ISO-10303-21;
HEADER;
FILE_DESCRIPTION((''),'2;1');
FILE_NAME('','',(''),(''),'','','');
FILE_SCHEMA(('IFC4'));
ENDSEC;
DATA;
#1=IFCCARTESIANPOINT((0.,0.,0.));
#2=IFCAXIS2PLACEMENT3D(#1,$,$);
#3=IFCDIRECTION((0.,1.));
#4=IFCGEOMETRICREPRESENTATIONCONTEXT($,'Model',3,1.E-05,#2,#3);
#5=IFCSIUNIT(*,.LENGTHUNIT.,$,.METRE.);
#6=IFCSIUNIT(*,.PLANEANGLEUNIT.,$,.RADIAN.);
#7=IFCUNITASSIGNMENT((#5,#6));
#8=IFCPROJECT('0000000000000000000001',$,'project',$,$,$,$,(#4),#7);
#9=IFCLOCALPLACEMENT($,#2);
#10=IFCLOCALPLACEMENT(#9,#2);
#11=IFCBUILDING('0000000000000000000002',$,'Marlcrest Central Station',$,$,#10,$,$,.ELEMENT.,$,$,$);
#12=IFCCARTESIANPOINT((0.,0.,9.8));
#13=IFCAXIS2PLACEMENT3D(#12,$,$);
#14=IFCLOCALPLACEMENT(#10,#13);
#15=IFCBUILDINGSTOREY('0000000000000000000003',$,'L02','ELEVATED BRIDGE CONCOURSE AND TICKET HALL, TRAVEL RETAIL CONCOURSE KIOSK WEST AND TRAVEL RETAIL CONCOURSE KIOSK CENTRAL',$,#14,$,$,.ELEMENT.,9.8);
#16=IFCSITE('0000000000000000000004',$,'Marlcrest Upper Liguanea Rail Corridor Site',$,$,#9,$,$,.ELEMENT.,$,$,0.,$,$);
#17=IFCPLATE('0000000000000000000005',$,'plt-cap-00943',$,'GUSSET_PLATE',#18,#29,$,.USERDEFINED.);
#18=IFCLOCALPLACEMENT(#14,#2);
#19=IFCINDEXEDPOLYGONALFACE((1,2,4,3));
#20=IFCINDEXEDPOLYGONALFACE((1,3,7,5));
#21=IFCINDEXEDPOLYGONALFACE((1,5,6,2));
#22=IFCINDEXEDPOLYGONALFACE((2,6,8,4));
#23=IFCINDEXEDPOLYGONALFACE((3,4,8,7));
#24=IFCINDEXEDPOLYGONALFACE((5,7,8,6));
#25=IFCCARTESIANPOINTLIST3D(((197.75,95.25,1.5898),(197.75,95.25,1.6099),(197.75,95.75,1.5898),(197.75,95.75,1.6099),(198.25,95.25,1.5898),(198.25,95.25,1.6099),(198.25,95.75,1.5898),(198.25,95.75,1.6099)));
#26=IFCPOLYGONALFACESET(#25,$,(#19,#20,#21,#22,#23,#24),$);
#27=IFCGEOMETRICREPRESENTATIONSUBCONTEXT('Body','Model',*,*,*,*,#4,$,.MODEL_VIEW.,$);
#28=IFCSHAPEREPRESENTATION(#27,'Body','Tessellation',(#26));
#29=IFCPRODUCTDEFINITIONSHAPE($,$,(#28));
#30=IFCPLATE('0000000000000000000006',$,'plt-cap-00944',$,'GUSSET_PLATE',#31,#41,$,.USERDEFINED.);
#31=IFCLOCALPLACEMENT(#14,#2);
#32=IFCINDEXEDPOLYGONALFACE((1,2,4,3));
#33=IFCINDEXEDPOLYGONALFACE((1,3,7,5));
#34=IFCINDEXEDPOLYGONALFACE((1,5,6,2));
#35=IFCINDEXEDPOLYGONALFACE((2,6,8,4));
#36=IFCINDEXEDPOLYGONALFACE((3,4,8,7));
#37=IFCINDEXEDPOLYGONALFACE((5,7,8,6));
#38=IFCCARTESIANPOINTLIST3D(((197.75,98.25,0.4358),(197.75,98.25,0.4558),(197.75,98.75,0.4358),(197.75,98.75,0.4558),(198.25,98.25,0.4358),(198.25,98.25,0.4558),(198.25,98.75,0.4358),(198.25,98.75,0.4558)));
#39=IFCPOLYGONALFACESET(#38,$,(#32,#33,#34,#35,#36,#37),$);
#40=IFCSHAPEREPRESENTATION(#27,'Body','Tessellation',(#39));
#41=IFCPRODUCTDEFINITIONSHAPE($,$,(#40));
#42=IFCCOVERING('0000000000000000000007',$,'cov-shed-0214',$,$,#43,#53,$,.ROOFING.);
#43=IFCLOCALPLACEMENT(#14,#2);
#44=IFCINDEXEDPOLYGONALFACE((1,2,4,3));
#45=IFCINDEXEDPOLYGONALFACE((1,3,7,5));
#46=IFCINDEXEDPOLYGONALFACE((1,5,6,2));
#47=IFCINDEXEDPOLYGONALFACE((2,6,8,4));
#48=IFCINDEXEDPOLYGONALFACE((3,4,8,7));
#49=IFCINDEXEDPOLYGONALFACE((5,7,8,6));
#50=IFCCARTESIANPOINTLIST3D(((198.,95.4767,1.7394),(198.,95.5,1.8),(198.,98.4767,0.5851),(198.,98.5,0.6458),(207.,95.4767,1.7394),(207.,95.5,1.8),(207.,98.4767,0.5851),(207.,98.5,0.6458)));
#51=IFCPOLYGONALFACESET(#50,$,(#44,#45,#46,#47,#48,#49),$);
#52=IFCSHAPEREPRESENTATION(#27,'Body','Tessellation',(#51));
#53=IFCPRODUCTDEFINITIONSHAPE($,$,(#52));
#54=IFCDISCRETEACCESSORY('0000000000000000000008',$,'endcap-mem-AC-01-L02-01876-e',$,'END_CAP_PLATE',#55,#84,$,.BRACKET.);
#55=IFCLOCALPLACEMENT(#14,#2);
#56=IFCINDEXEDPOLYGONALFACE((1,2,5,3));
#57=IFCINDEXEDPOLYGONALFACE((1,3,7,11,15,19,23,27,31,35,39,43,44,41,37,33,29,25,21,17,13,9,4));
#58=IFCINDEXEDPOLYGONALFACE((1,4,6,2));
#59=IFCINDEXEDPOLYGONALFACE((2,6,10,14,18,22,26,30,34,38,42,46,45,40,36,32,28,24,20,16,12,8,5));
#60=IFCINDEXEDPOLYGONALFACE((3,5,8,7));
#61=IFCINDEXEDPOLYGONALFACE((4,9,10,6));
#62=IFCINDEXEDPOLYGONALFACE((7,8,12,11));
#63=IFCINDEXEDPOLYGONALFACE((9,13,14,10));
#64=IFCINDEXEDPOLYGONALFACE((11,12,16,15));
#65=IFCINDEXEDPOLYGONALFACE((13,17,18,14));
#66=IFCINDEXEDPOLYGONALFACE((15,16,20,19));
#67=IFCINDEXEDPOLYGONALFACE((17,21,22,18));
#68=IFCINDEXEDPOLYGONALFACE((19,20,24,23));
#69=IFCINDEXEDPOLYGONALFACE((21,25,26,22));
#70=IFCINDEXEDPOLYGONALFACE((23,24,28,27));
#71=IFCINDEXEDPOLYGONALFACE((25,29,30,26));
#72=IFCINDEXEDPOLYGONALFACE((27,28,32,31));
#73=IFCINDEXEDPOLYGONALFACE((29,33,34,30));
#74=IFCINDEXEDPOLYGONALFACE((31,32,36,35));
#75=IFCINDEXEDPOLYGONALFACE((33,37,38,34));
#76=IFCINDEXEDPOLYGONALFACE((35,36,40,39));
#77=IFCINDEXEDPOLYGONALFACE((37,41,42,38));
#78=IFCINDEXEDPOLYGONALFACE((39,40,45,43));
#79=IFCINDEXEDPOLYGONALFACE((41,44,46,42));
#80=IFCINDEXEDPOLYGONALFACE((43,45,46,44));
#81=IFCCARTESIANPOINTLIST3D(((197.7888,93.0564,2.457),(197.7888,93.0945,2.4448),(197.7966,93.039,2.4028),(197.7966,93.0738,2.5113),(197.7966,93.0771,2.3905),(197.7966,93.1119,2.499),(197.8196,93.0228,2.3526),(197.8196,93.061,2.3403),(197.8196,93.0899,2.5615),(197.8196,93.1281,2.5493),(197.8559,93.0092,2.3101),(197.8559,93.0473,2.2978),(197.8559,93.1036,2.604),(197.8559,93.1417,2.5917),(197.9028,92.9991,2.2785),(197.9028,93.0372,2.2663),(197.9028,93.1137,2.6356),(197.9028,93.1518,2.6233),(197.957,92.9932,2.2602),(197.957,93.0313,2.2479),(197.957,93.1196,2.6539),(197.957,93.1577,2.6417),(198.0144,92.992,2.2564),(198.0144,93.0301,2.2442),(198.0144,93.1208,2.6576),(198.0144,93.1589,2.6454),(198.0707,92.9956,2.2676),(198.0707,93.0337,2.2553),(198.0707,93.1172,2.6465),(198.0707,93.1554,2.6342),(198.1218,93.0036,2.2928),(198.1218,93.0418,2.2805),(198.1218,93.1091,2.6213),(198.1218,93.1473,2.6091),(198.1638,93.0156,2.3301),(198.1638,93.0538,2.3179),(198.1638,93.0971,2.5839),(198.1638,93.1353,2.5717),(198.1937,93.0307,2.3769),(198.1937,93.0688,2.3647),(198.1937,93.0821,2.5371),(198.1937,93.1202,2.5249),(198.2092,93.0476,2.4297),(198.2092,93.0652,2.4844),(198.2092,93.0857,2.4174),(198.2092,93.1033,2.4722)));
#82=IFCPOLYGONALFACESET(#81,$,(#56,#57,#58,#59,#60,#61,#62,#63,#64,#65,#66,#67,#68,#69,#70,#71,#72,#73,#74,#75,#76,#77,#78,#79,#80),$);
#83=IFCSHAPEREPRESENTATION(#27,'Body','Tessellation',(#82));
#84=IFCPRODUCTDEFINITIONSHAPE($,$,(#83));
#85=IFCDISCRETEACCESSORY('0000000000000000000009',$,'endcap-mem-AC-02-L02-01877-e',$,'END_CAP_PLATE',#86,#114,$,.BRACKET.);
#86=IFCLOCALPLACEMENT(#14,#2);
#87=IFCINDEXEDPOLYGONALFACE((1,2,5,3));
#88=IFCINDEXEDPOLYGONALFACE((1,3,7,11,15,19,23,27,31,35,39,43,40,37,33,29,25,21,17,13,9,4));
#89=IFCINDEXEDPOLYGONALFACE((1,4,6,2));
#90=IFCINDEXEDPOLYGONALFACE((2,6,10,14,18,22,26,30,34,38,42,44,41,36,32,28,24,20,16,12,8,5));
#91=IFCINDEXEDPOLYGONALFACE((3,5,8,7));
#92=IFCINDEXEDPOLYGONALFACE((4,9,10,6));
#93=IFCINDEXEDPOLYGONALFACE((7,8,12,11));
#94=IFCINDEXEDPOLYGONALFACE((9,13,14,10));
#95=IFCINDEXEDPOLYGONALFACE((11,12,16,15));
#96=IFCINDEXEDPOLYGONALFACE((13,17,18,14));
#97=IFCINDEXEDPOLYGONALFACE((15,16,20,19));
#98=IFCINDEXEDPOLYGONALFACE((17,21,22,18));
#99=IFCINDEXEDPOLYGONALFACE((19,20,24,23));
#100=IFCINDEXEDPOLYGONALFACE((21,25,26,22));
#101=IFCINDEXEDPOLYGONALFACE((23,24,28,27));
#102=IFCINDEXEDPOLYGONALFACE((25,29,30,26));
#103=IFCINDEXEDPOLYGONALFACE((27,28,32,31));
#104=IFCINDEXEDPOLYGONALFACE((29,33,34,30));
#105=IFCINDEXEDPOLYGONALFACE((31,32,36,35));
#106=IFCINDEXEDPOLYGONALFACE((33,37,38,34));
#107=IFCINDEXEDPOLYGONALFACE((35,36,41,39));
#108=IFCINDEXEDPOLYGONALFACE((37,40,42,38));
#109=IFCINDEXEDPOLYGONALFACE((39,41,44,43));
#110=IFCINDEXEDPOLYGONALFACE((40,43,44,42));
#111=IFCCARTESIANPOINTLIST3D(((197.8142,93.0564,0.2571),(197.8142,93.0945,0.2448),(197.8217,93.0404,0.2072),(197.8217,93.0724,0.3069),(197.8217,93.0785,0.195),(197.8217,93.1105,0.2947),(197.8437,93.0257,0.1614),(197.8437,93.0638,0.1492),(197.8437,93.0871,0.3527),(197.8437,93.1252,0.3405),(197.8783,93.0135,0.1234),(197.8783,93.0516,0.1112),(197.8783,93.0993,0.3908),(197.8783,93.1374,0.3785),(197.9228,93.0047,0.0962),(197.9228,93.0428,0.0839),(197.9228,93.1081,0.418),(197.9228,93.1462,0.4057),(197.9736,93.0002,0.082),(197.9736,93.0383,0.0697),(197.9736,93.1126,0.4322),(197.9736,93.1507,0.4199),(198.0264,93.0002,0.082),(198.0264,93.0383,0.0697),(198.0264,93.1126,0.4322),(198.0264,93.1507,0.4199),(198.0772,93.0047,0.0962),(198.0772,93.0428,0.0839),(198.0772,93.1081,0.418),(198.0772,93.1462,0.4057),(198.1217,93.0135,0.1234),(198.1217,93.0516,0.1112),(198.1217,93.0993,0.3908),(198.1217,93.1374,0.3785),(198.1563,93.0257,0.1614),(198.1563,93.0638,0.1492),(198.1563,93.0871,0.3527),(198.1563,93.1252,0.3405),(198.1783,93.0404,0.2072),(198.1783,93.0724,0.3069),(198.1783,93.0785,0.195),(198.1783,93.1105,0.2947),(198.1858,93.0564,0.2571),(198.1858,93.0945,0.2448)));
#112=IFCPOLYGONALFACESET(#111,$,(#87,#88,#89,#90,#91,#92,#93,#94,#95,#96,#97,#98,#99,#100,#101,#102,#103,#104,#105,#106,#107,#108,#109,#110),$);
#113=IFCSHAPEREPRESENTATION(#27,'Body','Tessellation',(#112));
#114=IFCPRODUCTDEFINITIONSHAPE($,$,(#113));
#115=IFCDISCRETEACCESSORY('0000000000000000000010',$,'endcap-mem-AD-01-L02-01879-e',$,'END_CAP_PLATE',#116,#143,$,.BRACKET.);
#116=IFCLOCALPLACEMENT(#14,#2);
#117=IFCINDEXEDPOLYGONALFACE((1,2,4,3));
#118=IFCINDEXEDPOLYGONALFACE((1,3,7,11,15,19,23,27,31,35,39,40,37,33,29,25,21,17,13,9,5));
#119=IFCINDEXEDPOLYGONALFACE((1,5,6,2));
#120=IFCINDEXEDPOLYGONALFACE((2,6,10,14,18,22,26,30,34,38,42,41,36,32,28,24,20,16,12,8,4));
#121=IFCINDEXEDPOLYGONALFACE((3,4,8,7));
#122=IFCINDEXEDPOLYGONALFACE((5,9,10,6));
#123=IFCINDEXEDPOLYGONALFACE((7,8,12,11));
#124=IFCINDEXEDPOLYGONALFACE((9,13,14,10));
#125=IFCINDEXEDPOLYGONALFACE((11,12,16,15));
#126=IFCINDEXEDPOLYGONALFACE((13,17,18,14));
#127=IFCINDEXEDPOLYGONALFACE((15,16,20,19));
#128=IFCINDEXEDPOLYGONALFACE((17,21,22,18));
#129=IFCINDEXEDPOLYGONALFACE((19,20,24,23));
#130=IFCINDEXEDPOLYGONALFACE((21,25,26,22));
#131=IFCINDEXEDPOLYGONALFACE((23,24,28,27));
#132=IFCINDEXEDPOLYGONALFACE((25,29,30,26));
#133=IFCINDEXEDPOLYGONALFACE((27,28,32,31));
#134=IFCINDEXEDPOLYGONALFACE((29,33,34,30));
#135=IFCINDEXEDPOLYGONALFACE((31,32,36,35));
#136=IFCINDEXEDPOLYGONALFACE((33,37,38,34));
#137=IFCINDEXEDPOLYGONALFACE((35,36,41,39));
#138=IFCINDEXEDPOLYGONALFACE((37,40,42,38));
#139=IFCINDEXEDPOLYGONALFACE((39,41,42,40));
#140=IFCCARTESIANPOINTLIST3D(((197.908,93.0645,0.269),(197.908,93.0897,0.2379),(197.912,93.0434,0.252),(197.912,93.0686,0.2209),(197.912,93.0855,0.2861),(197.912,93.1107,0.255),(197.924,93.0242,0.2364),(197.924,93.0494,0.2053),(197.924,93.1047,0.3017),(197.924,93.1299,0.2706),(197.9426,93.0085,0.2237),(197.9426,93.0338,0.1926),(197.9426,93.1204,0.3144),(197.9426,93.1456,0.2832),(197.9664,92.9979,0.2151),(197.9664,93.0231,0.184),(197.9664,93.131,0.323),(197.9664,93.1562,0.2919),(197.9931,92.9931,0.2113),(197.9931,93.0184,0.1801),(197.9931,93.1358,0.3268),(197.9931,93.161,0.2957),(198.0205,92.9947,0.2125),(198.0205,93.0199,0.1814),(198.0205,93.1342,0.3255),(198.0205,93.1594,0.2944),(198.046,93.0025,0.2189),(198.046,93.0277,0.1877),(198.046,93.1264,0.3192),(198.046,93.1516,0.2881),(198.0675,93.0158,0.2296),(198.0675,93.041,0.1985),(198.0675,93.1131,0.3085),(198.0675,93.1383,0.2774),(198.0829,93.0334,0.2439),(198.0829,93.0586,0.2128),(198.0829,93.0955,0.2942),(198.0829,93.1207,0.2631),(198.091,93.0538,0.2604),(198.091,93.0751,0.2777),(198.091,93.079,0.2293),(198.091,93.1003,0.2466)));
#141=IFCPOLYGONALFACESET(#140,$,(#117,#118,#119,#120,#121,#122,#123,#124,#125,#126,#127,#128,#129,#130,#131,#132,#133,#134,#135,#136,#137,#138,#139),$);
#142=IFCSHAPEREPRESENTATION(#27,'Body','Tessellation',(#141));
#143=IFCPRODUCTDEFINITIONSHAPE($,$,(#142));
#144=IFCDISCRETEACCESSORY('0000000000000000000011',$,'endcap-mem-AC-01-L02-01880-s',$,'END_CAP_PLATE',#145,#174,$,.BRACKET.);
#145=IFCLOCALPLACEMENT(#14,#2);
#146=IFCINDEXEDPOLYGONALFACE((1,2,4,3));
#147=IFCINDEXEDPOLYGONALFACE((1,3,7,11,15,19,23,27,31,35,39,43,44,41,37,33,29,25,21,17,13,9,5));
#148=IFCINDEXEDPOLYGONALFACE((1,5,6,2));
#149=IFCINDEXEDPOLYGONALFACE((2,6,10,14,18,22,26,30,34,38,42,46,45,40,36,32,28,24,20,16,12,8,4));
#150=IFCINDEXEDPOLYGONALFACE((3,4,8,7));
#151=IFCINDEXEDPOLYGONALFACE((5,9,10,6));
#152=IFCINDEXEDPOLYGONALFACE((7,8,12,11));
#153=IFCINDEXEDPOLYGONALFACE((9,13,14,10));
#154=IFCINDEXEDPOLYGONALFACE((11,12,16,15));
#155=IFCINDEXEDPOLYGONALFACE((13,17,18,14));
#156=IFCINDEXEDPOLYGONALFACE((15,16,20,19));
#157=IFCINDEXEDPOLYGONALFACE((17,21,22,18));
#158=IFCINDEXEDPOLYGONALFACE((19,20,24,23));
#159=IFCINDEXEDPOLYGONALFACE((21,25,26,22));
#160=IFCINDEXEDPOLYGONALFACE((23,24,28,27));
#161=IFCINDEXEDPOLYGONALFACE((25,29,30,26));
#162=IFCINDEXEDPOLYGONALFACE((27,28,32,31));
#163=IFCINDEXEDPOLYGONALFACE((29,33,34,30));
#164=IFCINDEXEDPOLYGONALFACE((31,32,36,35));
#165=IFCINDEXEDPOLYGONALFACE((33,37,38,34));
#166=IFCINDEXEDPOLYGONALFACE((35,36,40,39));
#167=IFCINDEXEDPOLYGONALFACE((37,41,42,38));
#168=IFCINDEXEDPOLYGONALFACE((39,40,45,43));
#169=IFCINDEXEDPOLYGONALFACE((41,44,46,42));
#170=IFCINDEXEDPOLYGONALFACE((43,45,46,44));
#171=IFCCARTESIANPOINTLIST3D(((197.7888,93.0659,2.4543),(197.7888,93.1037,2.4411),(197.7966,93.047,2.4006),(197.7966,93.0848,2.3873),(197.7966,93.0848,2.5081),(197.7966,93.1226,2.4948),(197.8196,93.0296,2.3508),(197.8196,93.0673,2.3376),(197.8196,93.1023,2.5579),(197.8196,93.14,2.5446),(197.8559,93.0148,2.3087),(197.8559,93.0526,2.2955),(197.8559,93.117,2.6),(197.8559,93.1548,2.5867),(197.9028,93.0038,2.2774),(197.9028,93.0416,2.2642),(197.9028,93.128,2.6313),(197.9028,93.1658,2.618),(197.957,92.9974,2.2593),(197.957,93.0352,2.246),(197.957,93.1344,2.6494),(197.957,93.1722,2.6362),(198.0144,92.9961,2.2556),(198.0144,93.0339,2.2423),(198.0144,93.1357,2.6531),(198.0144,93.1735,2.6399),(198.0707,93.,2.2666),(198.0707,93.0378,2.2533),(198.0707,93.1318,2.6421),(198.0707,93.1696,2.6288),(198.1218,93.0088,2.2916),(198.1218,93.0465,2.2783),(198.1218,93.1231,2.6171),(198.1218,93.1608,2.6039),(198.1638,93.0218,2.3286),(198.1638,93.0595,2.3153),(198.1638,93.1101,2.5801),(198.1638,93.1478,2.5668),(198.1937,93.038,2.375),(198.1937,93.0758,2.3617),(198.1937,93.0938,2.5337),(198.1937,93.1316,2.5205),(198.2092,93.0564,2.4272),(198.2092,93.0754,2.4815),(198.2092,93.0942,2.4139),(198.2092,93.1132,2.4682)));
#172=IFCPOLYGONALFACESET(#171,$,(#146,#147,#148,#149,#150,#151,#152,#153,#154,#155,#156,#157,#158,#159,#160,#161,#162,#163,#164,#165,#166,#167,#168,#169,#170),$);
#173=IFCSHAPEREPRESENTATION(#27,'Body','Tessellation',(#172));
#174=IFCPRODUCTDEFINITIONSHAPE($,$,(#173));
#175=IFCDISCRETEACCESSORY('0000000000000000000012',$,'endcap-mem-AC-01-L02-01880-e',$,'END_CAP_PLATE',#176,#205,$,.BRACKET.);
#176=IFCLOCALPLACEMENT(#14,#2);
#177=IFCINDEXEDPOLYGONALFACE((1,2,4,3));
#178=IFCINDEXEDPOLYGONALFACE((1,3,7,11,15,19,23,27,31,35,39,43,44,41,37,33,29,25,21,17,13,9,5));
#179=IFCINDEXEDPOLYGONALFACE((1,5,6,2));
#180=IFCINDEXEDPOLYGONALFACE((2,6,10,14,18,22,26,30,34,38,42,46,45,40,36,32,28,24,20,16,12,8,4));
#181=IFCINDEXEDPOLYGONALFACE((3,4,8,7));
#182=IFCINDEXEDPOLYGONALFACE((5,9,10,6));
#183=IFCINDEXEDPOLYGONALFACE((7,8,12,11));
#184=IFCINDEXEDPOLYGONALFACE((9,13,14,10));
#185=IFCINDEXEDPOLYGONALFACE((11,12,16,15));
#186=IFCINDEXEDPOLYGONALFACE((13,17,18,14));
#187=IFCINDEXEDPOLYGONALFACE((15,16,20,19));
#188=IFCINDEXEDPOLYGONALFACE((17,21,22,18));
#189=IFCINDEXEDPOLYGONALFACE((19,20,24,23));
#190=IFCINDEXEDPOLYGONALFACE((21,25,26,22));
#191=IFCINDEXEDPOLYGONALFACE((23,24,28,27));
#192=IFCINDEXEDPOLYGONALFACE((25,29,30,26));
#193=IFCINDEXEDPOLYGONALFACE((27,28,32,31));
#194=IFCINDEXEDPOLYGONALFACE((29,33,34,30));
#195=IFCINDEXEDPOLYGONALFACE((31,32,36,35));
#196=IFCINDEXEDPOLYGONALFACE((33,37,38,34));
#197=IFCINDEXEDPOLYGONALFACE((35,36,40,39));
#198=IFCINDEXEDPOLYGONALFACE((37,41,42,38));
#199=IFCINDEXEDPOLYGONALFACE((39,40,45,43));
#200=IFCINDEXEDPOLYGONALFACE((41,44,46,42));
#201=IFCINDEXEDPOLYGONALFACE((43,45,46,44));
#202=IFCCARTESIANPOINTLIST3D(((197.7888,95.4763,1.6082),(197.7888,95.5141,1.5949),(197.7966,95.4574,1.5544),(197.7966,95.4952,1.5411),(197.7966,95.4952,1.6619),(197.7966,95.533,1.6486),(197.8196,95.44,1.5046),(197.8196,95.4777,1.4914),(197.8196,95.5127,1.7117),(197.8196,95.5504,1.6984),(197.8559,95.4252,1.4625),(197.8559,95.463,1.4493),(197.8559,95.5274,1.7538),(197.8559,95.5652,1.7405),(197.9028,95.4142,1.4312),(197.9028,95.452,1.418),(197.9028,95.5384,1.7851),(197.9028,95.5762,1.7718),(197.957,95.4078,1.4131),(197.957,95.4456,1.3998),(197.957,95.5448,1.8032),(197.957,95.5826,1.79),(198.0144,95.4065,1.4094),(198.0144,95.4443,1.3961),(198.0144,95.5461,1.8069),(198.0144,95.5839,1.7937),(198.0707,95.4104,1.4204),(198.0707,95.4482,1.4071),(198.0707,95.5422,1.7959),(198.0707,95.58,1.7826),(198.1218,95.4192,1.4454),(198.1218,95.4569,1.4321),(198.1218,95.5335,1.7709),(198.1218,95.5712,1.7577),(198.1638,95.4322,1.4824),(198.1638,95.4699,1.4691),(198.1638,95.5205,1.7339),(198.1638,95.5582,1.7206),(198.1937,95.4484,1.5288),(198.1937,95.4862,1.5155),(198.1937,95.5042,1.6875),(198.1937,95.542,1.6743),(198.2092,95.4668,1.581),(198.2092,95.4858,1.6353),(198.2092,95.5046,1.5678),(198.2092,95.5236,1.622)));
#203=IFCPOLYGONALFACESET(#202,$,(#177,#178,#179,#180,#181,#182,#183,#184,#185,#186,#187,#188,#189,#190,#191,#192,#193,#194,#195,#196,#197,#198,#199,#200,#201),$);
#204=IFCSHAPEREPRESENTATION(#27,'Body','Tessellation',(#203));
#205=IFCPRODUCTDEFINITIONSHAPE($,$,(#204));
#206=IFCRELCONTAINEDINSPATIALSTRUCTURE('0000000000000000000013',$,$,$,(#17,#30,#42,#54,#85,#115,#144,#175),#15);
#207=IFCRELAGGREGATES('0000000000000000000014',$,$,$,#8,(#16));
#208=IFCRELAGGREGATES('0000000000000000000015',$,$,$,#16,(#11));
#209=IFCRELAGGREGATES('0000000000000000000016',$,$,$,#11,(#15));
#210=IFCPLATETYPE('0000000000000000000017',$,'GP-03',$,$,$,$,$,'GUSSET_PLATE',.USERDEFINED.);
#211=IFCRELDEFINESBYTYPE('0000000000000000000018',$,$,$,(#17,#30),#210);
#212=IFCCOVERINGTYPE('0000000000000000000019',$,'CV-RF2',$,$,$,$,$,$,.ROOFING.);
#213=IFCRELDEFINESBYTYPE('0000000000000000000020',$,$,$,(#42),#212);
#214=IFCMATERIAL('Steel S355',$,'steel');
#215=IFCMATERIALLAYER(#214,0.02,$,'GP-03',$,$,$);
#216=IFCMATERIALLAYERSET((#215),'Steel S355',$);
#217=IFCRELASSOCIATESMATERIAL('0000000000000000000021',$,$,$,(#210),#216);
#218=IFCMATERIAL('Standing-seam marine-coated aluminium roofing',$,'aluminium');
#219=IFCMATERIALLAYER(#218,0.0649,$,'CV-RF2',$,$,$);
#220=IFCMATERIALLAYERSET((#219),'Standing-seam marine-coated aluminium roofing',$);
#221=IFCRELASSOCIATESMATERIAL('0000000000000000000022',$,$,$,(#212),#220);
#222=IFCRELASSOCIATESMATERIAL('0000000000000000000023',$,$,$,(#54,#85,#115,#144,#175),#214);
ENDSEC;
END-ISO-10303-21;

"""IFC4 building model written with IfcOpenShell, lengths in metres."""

from ifc_helpers import new_model, si_unit, direction, frame, origin, origin_2d, place, context, subcontext, project, spatial, polyline, rectangle, circle, outline, extrude, material, layer, layer_set, type_object, element, save


model = new_model("IFC4")

# Units and contexts
model_context = context("Model", 3, precision=1e-05, world=origin(), true_north=direction((0.0, 1.0)))
body_context = subcontext(model_context, "Body", "Model", "MODEL_VIEW")
ifc_project = project(units=[si_unit("LENGTHUNIT", "METRE"), si_unit("PLANEANGLEUNIT", "RADIAN")], contexts=[model_context])

# Site, building, storey
site_placement = place(None, origin())
site = spatial("IfcSite", under=ifc_project, at=site_placement, Name="Marlcrest Upper Liguanea Rail Corridor Site", CompositionType="ELEMENT", RefElevation=0.0)
building_placement = place(site_placement, origin())
building = spatial("IfcBuilding", under=site, at=building_placement, Name="Marlcrest Central Station", CompositionType="ELEMENT")
storey_placement = place(building_placement, frame((0.0, 0.0, 9.8)))
storey = spatial("IfcBuildingStorey", under=building, at=storey_placement, Name="L02", Description="ELEVATED BRIDGE CONCOURSE AND TICKET HALL, TRAVEL RETAIL CONCOURSE KIOSK WEST AND TRAVEL RETAIL CONCOURSE KIOSK CENTRAL", CompositionType="ELEMENT", Elevation=9.8)

# Shared definitions
ifc_material_1 = material(Name="Steel S355", Category="steel")

# Plates
ifc_layer_1 = layer(ifc_material_1, 0.02, Name="GP-03")
ifc_layer_set_1 = layer_set([ifc_layer_1], Name="Steel S355")
plate_type = type_object("IfcPlateType", Name="GP-03", ElementType="GUSSET_PLATE", PredefinedType="USERDEFINED", material=ifc_layer_set_1)
for number, where, z_axis, x_axis, name in (
    (1, (198.0, 95.5, 1.5898), (0.0, 0.0, 1.0), (1.0, 0.0, 0.0), "plt-cap-00943"),
    (2, (198.0, 98.5, 0.4358), (0.0, 0.0, 1.0), (1.0, 0.0, 0.0), "plt-cap-00944"),
):
    element("IfcPlate", number, at=place(storey_placement, frame(where, z_axis=z_axis, x_axis=x_axis)), inside=storey, type_object=plate_type, Name=name, ObjectType="GUSSET_PLATE", PredefinedType="USERDEFINED", context=body_context, shape_type="SweptSolid", body=[
        extrude(rectangle(XDim=0.5, YDim=0.5, at=origin_2d()), origin(), (0.0, 0.0, 1.0), 0.02),
    ])

# Covering
ifc_material_2 = material(Name="Standing-seam marine-coated aluminium roofing", Category="aluminium")
ifc_layer_2 = layer(ifc_material_2, 0.0649, Name="CV-RF2")
ifc_layer_set_2 = layer_set([ifc_layer_2], Name="Standing-seam marine-coated aluminium roofing")
covering_type = type_object("IfcCoveringType", Name="CV-RF2", PredefinedType="ROOFING", material=ifc_layer_set_2)
covering_placement = place(storey_placement, frame((198.0, 95.5, 1.8), z_axis=(0.0, 0.359101, 0.933299), x_axis=(1.0, 0.0, 0.0)))
element("IfcCovering", 3, at=covering_placement, inside=storey, type_object=covering_type, Name="cov-shed-0214", PredefinedType="ROOFING", context=body_context, shape_type="SweptSolid", body=[
    extrude(outline(polyline([(0.0, 0.0), (9.0, 0.0), (9.0, 3.2144), (0.0, 3.2144), (0.0, 0.0)])), origin(), (0.0, 0.0, -1.0), 0.0649),
])

# Discrete accessories
discrete_accessory_1_placement = place(storey_placement, frame((198.0, 93.0564, 2.457), z_axis=(0.0, 0.952117, -0.305734), x_axis=(-1.0, 0.0, 0.0)))
element("IfcDiscreteAccessory", 4, at=discrete_accessory_1_placement, inside=storey, material=ifc_material_1, Name="endcap-mem-AC-01-L02-01876-e", ObjectType="END_CAP_PLATE", PredefinedType="BRACKET", context=body_context, shape_type="SweptSolid", body=[
    extrude(circle(Radius=0.2112, at=origin_2d()), origin(), (0.0, 0.0, 1.0), 0.04),
])
discrete_accessory_2_placement = place(storey_placement, frame((198.0, 93.0564, 0.2571), z_axis=(0.0, 0.952117, -0.305734), x_axis=(-1.0, 0.0, 0.0)))
element("IfcDiscreteAccessory", 5, at=discrete_accessory_2_placement, inside=storey, material=ifc_material_1, Name="endcap-mem-AC-02-L02-01877-e", ObjectType="END_CAP_PLATE", PredefinedType="BRACKET", context=body_context, shape_type="SweptSolid", body=[
    extrude(circle(Radius=0.1858, at=origin_2d()), origin(), (0.0, 0.0, 1.0), 0.04),
])
discrete_accessory_3_placement = place(storey_placement, frame((198.0, 93.0645, 0.269), z_axis=(0.0, 0.629629, -0.776896), x_axis=(-1.0, 0.0, 0.0)))
element("IfcDiscreteAccessory", 6, at=discrete_accessory_3_placement, inside=storey, material=ifc_material_1, Name="endcap-mem-AD-01-L02-01879-e", ObjectType="END_CAP_PLATE", PredefinedType="BRACKET", context=body_context, shape_type="SweptSolid", body=[
    extrude(circle(Radius=0.092, at=origin_2d()), origin(), (0.0, 0.0, 1.0), 0.04),
])
for number, where, z_axis, x_axis, name in (
    (7, (198.0, 93.0659, 2.4543), (0.0, 0.943537, -0.331266), (-1.0, 0.0, 0.0), "endcap-mem-AC-01-L02-01880-s"),
    (8, (198.0, 95.4763, 1.6082), (0.0, 0.943537, -0.331266), (-1.0, 0.0, 0.0), "endcap-mem-AC-01-L02-01880-e"),
):
    element("IfcDiscreteAccessory", number, at=place(storey_placement, frame(where, z_axis=z_axis, x_axis=x_axis)), inside=storey, material=ifc_material_1, Name=name, ObjectType="END_CAP_PLATE", PredefinedType="BRACKET", context=body_context, shape_type="SweptSolid", body=[
        extrude(circle(Radius=0.2112, at=origin_2d()), origin(), (0.0, 0.0, 1.0), 0.04),
    ])

save(model, "model.ifc")
